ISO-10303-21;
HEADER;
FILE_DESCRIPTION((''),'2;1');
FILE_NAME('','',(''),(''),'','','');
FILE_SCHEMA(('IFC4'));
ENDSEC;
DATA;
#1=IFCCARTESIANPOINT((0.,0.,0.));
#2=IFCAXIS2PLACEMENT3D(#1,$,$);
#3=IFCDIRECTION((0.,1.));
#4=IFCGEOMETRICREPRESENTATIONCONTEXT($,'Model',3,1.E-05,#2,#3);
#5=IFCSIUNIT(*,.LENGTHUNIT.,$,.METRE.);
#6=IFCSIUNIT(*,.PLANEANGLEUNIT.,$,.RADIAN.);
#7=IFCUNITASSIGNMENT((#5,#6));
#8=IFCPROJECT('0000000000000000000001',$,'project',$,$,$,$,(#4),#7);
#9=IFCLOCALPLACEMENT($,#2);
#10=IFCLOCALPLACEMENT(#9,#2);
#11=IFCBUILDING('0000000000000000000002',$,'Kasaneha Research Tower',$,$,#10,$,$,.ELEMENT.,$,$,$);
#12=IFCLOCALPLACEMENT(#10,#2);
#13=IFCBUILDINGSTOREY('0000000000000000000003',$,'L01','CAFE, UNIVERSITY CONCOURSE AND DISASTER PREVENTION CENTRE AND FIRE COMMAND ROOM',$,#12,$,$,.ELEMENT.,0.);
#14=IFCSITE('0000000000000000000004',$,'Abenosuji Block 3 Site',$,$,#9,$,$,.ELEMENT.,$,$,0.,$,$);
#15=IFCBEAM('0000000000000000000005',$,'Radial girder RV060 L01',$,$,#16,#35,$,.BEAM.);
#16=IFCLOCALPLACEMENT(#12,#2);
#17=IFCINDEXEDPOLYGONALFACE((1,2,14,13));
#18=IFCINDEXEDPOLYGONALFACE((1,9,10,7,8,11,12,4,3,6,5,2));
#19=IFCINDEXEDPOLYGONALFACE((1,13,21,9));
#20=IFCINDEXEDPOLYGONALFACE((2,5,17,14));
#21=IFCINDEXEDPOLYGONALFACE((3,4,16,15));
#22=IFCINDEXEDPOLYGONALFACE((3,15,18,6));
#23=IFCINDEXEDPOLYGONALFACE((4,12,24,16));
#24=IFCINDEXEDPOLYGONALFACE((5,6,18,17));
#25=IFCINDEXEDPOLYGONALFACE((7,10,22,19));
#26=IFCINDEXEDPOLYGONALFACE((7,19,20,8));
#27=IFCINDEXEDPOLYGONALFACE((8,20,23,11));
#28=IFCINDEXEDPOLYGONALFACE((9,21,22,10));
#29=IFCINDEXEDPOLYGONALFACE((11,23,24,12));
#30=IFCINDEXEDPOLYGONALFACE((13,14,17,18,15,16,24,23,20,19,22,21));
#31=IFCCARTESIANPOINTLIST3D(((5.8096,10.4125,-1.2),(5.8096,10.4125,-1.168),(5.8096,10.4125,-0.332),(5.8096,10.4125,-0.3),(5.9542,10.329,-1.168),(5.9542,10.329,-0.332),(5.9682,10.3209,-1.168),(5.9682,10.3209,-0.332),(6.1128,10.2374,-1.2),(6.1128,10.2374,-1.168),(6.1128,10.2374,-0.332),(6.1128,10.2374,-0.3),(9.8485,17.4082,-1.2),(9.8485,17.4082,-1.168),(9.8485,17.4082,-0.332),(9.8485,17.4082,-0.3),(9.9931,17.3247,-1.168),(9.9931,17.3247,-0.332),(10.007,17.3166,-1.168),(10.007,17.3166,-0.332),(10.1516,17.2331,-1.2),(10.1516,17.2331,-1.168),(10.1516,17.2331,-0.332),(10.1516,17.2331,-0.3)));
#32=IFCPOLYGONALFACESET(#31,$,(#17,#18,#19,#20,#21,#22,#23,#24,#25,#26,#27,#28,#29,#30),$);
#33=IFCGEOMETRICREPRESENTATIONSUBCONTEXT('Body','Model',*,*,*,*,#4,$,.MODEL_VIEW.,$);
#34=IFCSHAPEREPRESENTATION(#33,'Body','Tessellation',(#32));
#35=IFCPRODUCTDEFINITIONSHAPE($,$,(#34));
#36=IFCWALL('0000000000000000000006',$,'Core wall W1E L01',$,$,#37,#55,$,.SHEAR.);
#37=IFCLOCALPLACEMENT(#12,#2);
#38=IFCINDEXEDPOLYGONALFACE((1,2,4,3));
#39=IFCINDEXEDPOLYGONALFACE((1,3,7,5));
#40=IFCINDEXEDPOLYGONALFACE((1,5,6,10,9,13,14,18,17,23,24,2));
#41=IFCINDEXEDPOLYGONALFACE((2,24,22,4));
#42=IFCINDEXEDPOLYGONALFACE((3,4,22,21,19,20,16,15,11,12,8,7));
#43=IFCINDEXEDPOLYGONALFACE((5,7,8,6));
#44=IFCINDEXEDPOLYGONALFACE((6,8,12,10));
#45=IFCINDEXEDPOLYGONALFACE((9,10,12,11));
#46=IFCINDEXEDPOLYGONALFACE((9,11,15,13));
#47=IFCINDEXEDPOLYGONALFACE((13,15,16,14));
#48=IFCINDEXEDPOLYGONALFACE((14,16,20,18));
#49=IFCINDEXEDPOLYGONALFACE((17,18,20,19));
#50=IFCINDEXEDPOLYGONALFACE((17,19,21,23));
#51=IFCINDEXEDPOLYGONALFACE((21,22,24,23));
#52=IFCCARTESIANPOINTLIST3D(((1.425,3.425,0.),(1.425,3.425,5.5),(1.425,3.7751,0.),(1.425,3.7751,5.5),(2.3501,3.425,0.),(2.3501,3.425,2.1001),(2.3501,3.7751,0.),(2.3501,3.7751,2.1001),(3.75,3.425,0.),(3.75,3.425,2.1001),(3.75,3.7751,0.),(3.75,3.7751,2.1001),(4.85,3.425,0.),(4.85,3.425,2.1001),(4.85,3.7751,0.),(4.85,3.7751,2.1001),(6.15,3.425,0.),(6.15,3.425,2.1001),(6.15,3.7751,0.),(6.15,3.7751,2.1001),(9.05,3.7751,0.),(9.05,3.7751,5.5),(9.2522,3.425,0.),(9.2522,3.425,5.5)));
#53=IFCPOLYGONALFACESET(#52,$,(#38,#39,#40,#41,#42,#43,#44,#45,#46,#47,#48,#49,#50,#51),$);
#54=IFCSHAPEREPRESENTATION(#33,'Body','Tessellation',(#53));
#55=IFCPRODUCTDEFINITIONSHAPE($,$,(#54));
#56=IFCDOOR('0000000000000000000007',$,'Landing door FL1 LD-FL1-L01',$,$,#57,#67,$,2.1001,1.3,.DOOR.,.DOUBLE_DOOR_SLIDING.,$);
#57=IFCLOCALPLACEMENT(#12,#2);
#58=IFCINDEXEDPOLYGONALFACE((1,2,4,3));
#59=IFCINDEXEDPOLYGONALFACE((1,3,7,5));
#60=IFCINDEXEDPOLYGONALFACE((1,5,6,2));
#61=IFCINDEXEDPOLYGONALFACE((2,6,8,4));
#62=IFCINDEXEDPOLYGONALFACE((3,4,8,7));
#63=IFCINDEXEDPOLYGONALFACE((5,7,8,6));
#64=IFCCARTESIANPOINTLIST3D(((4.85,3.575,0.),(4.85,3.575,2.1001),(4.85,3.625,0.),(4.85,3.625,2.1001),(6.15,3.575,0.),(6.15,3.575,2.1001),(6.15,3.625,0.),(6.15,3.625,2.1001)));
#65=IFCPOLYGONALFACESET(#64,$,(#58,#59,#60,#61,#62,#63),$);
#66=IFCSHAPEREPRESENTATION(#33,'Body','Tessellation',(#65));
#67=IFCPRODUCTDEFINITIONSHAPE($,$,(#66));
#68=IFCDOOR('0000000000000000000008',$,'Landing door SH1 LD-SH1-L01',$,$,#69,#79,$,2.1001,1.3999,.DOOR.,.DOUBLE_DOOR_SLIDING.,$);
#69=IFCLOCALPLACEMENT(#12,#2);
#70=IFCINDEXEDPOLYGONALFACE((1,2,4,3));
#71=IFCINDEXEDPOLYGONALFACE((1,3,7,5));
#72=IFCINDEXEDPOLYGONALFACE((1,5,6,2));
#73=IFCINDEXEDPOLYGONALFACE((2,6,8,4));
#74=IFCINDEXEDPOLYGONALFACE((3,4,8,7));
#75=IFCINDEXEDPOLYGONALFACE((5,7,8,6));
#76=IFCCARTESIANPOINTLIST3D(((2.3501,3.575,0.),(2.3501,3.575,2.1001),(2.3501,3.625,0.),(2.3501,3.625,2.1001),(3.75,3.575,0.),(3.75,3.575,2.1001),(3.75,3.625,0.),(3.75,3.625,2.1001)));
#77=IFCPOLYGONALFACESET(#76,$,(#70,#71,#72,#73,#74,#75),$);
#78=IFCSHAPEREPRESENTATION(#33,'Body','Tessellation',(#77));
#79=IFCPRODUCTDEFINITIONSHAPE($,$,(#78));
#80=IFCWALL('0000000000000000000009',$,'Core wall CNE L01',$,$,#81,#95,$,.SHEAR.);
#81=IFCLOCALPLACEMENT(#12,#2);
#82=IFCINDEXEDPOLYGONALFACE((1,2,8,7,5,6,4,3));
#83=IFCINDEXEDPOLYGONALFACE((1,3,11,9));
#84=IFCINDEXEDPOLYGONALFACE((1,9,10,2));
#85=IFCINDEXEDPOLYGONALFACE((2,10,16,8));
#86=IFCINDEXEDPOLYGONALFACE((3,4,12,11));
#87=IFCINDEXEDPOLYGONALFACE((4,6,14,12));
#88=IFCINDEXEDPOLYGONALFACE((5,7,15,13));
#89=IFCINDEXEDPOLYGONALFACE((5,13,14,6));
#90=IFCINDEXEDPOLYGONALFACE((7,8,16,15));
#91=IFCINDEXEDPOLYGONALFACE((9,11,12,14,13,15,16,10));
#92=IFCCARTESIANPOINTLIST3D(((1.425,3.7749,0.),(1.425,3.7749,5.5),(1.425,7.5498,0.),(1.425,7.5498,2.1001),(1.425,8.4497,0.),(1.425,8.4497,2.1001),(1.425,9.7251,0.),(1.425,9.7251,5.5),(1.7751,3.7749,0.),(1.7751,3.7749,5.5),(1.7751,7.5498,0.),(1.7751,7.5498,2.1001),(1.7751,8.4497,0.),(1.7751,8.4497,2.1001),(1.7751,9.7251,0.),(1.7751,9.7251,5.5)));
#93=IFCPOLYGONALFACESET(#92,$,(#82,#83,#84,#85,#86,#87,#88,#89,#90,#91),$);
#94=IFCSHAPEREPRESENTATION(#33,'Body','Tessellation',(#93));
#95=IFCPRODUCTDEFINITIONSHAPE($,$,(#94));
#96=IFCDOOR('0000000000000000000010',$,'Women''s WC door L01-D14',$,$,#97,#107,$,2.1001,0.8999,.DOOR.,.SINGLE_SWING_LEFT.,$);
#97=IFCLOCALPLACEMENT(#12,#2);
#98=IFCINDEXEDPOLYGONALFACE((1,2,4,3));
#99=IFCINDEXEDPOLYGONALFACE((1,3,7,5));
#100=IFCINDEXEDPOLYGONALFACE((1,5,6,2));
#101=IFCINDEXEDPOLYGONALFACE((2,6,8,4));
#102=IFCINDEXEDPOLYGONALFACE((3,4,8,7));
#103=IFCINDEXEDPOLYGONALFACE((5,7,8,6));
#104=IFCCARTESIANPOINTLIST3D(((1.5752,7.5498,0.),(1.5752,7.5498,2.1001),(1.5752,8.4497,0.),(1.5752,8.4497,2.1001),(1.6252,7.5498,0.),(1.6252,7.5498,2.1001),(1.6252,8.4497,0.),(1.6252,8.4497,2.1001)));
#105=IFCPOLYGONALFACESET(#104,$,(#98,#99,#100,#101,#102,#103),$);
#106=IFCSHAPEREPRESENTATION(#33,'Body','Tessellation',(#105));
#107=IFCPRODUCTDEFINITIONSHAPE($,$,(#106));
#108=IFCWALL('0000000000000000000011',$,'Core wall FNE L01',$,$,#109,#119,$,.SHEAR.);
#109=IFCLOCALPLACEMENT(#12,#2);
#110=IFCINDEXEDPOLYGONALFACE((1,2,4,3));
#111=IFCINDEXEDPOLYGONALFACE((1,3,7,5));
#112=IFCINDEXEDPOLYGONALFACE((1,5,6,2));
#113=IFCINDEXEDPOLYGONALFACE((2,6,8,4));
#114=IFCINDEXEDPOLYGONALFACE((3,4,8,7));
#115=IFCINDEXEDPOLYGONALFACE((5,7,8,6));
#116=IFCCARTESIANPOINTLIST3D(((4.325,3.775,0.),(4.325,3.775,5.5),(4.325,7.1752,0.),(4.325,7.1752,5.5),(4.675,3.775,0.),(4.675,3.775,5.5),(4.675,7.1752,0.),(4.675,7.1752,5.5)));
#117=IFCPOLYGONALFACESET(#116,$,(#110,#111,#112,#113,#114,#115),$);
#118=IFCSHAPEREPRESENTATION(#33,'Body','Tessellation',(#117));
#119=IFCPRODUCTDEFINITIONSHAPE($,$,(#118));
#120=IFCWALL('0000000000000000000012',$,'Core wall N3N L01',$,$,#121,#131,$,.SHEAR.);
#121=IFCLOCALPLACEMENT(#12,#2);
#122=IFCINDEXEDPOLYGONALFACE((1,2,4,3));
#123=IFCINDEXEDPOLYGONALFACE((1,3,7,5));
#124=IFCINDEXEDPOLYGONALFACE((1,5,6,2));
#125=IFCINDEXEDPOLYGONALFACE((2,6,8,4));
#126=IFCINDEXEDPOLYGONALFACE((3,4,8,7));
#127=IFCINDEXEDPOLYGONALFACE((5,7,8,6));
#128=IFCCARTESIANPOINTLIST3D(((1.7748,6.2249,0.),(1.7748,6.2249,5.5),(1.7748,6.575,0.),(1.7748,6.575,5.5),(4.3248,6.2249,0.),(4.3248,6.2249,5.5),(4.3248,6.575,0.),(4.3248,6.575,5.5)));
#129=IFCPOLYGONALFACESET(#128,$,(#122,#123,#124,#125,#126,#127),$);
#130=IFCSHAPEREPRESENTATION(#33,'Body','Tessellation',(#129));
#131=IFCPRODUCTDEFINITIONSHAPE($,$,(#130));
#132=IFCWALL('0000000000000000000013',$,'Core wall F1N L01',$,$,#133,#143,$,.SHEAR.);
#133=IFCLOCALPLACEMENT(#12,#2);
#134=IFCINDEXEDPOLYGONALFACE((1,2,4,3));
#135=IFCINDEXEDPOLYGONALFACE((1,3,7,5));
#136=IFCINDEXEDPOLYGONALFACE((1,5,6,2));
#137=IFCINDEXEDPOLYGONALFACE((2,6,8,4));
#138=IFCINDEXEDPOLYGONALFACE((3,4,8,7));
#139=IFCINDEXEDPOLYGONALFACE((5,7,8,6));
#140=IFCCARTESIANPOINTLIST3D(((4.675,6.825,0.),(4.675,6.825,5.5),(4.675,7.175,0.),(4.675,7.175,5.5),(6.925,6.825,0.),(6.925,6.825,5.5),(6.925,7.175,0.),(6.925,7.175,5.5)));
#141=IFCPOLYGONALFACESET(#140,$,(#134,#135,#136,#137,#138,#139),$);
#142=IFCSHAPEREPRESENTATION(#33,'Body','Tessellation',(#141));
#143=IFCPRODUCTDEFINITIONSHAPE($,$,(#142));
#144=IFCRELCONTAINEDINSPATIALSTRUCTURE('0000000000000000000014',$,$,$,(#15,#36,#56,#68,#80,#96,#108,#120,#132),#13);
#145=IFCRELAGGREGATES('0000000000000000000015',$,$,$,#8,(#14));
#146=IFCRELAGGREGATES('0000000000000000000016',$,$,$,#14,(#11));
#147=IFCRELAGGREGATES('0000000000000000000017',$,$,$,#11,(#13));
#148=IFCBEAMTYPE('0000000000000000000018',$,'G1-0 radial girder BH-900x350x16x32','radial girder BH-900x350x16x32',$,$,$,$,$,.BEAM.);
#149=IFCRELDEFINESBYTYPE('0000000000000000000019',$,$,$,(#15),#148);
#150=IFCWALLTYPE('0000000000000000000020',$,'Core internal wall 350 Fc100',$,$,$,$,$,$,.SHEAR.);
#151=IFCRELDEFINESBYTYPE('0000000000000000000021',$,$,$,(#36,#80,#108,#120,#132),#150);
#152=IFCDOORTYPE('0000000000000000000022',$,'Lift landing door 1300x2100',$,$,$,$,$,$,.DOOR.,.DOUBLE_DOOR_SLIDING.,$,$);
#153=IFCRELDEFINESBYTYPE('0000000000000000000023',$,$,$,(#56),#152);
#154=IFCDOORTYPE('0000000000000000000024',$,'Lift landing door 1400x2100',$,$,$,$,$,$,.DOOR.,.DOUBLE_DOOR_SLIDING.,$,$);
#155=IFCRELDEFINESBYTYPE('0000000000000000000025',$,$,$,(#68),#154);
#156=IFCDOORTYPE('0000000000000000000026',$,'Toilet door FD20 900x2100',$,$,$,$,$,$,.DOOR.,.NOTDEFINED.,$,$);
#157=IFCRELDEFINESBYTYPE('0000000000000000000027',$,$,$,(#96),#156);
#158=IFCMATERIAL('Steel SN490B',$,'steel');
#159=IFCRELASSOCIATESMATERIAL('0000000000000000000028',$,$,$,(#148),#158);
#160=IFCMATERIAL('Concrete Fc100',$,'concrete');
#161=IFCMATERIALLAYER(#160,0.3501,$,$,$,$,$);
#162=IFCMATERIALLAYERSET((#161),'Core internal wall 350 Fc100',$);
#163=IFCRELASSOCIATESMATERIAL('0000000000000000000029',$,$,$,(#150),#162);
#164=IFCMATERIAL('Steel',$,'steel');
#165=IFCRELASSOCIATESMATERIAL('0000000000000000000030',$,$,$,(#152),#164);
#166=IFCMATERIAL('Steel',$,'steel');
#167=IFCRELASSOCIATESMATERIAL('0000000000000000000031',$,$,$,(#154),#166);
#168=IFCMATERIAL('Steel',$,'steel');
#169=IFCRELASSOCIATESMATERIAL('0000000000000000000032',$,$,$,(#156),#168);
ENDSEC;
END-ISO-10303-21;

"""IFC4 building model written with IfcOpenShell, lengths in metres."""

from ifc_helpers import new_model, si_unit, direction, frame, frame_2d, origin, origin_2d, place, context, subcontext, project, spatial, polyline, rectangle, i_section, outline, extrude, material, layer, layer_set, material_profile, profile_set, type_object, element, fill, save


model = new_model("IFC4")

# Units and contexts
model_context = context("Model", 3, precision=1e-05, world=origin(), true_north=direction((0.0, 1.0)))
body_context = subcontext(model_context, "Body", "Model", "MODEL_VIEW")
ifc_project = project(units=[si_unit("LENGTHUNIT", "METRE"), si_unit("PLANEANGLEUNIT", "RADIAN")], contexts=[model_context])

# Site, building, storey
site_placement = place(None, origin())
site = spatial("IfcSite", under=ifc_project, at=site_placement, Name="Abenosuji Block 3 Site", CompositionType="ELEMENT", RefElevation=0.0)
building_placement = place(site_placement, origin())
building = spatial("IfcBuilding", under=site, at=building_placement, Name="Kasaneha Research Tower", CompositionType="ELEMENT")
storey_placement = place(building_placement, origin())
storey = spatial("IfcBuildingStorey", under=building, at=storey_placement, Name="L01", Description="CAFE, UNIVERSITY CONCOURSE AND DISASTER PREVENTION CENTRE AND FIRE COMMAND ROOM", CompositionType="ELEMENT", Elevation=0.0)

# Beam
ifc_material_1 = material(Name="Steel SN490B", Category="steel")
ifc_material_profile = material_profile(ifc_material_1, i_section(OverallWidth=0.3501, OverallDepth=0.8999, WebThickness=0.0161, FlangeThickness=0.032, at=origin_2d()), Name="BH-900x350x16x32")
ifc_profile_set = profile_set([ifc_material_profile], Name="Steel SN490B")
beam_type = type_object("IfcBeamType", Name="G1-0 radial girder BH-900x350x16x32", Description="radial girder BH-900x350x16x32", PredefinedType="BEAM", material=ifc_profile_set)
beam_placement = place(storey_placement, frame((5.9612, 10.325, -0.75), z_axis=(0.499991, 0.866031, 0.0), x_axis=(-0.866031, 0.499991, 0.0)))
element("IfcBeam", 1, at=beam_placement, inside=storey, type_object=beam_type, Name="Radial girder RV060 L01", PredefinedType="BEAM", context=body_context, shape_type="SweptSolid", body=[
    extrude(i_section(OverallWidth=0.3501, OverallDepth=0.8999, WebThickness=0.0161, FlangeThickness=0.032, at=origin_2d()), origin(), (0.0, 0.0, 1.0), 8.0779),
])

# Wall, openings, doors
ifc_material_2 = material(Name="Concrete Fc100", Category="concrete")
ifc_layer_1 = layer(ifc_material_2, 0.3501)
ifc_layer_set_1 = layer_set([ifc_layer_1], Name="Core internal wall 350 Fc100")
wall_type_1 = type_object("IfcWallType", Name="Core internal wall 350 Fc100", PredefinedType="SHEAR", material=ifc_layer_set_1)
wall_1_placement = place(storey_placement, frame((1.425, 3.6001, 0.0), z_axis=(0.0, 0.0, 1.0), x_axis=(1.0, 0.0, 0.0)))
wall_1 = element("IfcWall", 2, at=wall_1_placement, inside=storey, type_object=wall_type_1, Name="Core wall W1E L01", PredefinedType="SHEAR", context=body_context, shape_type="SweptSolid", body=[
    extrude(outline(polyline([(0.0, -0.175), (0.925, -0.175), (2.325, -0.175), (3.425, -0.175), (4.7251, -0.175), (7.8271, -0.175), (7.625, 0.175), (4.7251, 0.175), (3.425, 0.175), (2.325, 0.175), (0.925, 0.175), (0.0, 0.175), (0.0, -0.175)])), origin(), (0.0, 0.0, 1.0), 5.5),
])
opening_1_placement = place(wall_1_placement, frame((0.925, 0.0, 0.0)))
opening_1 = element("IfcOpeningElement", 3, at=opening_1_placement, cuts=wall_1, PredefinedType="OPENING", context=body_context, shape_type="SweptSolid", body=[
    extrude(rectangle(XDim=1.3999, YDim=2.1001, at=frame_2d((0.7, 1.05))), frame((0.0, 0.1851, 0.0), z_axis=(0.0, -1.0, 0.0), x_axis=(1.0, 0.0, 0.0)), (0.0, 0.0, 1.0), 0.3701),
])
opening_2_placement = place(wall_1_placement, frame((3.425, 0.0, 0.0)))
opening_2 = element("IfcOpeningElement", 4, at=opening_2_placement, cuts=wall_1, PredefinedType="OPENING", context=body_context, shape_type="SweptSolid", body=[
    extrude(rectangle(XDim=1.3, YDim=2.1001, at=frame_2d((0.6499, 1.05))), frame((0.0, 0.1851, 0.0), z_axis=(0.0, -1.0, 0.0), x_axis=(1.0, 0.0, 0.0)), (0.0, 0.0, 1.0), 0.3701),
])
ifc_material_3 = material(Name="Steel", Category="steel")
door_type_1 = type_object("IfcDoorType", Name="Lift landing door 1300x2100", OperationType="DOUBLE_DOOR_SLIDING", PredefinedType="DOOR", material=ifc_material_3)
door_1_placement = place(opening_2_placement, origin())
door_1 = element("IfcDoor", 5, at=door_1_placement, inside=storey, type_object=door_type_1, Name="Landing door FL1 LD-FL1-L01", OperationType="DOUBLE_DOOR_SLIDING", OverallHeight=2.1001, OverallWidth=1.3, PredefinedType="DOOR", context=body_context, shape_type="SweptSolid", body=[
    extrude(rectangle(XDim=1.3, YDim=2.1001, at=frame_2d((0.6499, 1.05))), frame((0.0, 0.0249, 0.0), z_axis=(0.0, -1.0, 0.0), x_axis=(1.0, 0.0, 0.0)), (0.0, 0.0, 1.0), 0.05),
])
fill(opening_2, door_1)
ifc_material_4 = material(Name="Steel", Category="steel")
door_type_2 = type_object("IfcDoorType", Name="Lift landing door 1400x2100", OperationType="DOUBLE_DOOR_SLIDING", PredefinedType="DOOR", material=ifc_material_4)
door_2_placement = place(opening_1_placement, origin())
door_2 = element("IfcDoor", 6, at=door_2_placement, inside=storey, type_object=door_type_2, Name="Landing door SH1 LD-SH1-L01", OperationType="DOUBLE_DOOR_SLIDING", OverallHeight=2.1001, OverallWidth=1.3999, PredefinedType="DOOR", context=body_context, shape_type="SweptSolid", body=[
    extrude(rectangle(XDim=1.3999, YDim=2.1001, at=frame_2d((0.7, 1.05))), frame((0.0, 0.0249, 0.0), z_axis=(0.0, -1.0, 0.0), x_axis=(1.0, 0.0, 0.0)), (0.0, 0.0, 1.0), 0.05),
])
fill(opening_1, door_2)

# Wall, opening, door
wall_2_placement = place(storey_placement, frame((1.6001, 3.7749, 0.0), z_axis=(0.0, 0.0, 1.0), x_axis=(0.0, 1.0, 0.0)))
wall_2 = element("IfcWall", 7, at=wall_2_placement, inside=storey, type_object=wall_type_1, Name="Core wall CNE L01", PredefinedType="SHEAR", context=body_context, shape_type="SweptSolid", body=[
    extrude(rectangle(XDim=5.9502, YDim=0.3501, at=frame_2d((2.9751, 0.0))), origin(), (0.0, 0.0, 1.0), 5.5),
])
opening_3_placement = place(wall_2_placement, frame((3.7749, 0.0, 0.0)))
opening_3 = element("IfcOpeningElement", 8, at=opening_3_placement, cuts=wall_2, PredefinedType="OPENING", context=body_context, shape_type="SweptSolid", body=[
    extrude(rectangle(XDim=0.8999, YDim=2.1001, at=frame_2d((0.45, 1.05))), frame((0.0, 0.1851, 0.0), z_axis=(0.0, -1.0, 0.0), x_axis=(1.0, 0.0, 0.0)), (0.0, 0.0, 1.0), 0.3701),
])
ifc_material_5 = material(Name="Steel", Category="steel")
door_type_3 = type_object("IfcDoorType", Name="Toilet door FD20 900x2100", OperationType="NOTDEFINED", PredefinedType="DOOR", material=ifc_material_5)
door_3_placement = place(opening_3_placement, origin())
door_3 = element("IfcDoor", 9, at=door_3_placement, inside=storey, type_object=door_type_3, Name="Women's WC door L01-D14", OperationType="SINGLE_SWING_LEFT", OverallHeight=2.1001, OverallWidth=0.8999, PredefinedType="DOOR", context=body_context, shape_type="SweptSolid", body=[
    extrude(rectangle(XDim=0.8999, YDim=2.1001, at=frame_2d((0.45, 1.05))), frame((0.0, 0.0249, 0.0), z_axis=(0.0, -1.0, 0.0), x_axis=(1.0, 0.0, 0.0)), (0.0, 0.0, 1.0), 0.05),
])
fill(opening_3, door_3)

# Walls
wall_3_placement = place(storey_placement, frame((4.5, 3.7749, 0.0), z_axis=(0.0, 0.0, 1.0), x_axis=(0.0, 1.0, 0.0)))
element("IfcWall", 10, at=wall_3_placement, inside=storey, type_object=wall_type_1, Name="Core wall FNE L01", PredefinedType="SHEAR", context=body_context, shape_type="SweptSolid", body=[
    extrude(rectangle(XDim=3.4001, YDim=0.3501, at=frame_2d((1.7002, 0.0))), origin(), (0.0, 0.0, 1.0), 5.5),
])
wall_4_placement = place(storey_placement, frame((1.7749, 6.3999, 0.0), z_axis=(0.0, 0.0, 1.0), x_axis=(1.0, 0.0, 0.0)))
element("IfcWall", 11, at=wall_4_placement, inside=storey, type_object=wall_type_1, Name="Core wall N3N L01", PredefinedType="SHEAR", context=body_context, shape_type="SweptSolid", body=[
    extrude(rectangle(XDim=2.55, YDim=0.3501, at=frame_2d((1.2749, 0.0))), origin(), (0.0, 0.0, 1.0), 5.5),
])
wall_5_placement = place(storey_placement, frame((4.675, 7.0, 0.0), z_axis=(0.0, 0.0, 1.0), x_axis=(1.0, 0.0, 0.0)))
element("IfcWall", 12, at=wall_5_placement, inside=storey, type_object=wall_type_1, Name="Core wall F1N L01", PredefinedType="SHEAR", context=body_context, shape_type="SweptSolid", body=[
    extrude(rectangle(XDim=2.25, YDim=0.3501, at=frame_2d((1.125, 0.0))), origin(), (0.0, 0.0, 1.0), 5.5),
])

save(model, "model.ifc")
